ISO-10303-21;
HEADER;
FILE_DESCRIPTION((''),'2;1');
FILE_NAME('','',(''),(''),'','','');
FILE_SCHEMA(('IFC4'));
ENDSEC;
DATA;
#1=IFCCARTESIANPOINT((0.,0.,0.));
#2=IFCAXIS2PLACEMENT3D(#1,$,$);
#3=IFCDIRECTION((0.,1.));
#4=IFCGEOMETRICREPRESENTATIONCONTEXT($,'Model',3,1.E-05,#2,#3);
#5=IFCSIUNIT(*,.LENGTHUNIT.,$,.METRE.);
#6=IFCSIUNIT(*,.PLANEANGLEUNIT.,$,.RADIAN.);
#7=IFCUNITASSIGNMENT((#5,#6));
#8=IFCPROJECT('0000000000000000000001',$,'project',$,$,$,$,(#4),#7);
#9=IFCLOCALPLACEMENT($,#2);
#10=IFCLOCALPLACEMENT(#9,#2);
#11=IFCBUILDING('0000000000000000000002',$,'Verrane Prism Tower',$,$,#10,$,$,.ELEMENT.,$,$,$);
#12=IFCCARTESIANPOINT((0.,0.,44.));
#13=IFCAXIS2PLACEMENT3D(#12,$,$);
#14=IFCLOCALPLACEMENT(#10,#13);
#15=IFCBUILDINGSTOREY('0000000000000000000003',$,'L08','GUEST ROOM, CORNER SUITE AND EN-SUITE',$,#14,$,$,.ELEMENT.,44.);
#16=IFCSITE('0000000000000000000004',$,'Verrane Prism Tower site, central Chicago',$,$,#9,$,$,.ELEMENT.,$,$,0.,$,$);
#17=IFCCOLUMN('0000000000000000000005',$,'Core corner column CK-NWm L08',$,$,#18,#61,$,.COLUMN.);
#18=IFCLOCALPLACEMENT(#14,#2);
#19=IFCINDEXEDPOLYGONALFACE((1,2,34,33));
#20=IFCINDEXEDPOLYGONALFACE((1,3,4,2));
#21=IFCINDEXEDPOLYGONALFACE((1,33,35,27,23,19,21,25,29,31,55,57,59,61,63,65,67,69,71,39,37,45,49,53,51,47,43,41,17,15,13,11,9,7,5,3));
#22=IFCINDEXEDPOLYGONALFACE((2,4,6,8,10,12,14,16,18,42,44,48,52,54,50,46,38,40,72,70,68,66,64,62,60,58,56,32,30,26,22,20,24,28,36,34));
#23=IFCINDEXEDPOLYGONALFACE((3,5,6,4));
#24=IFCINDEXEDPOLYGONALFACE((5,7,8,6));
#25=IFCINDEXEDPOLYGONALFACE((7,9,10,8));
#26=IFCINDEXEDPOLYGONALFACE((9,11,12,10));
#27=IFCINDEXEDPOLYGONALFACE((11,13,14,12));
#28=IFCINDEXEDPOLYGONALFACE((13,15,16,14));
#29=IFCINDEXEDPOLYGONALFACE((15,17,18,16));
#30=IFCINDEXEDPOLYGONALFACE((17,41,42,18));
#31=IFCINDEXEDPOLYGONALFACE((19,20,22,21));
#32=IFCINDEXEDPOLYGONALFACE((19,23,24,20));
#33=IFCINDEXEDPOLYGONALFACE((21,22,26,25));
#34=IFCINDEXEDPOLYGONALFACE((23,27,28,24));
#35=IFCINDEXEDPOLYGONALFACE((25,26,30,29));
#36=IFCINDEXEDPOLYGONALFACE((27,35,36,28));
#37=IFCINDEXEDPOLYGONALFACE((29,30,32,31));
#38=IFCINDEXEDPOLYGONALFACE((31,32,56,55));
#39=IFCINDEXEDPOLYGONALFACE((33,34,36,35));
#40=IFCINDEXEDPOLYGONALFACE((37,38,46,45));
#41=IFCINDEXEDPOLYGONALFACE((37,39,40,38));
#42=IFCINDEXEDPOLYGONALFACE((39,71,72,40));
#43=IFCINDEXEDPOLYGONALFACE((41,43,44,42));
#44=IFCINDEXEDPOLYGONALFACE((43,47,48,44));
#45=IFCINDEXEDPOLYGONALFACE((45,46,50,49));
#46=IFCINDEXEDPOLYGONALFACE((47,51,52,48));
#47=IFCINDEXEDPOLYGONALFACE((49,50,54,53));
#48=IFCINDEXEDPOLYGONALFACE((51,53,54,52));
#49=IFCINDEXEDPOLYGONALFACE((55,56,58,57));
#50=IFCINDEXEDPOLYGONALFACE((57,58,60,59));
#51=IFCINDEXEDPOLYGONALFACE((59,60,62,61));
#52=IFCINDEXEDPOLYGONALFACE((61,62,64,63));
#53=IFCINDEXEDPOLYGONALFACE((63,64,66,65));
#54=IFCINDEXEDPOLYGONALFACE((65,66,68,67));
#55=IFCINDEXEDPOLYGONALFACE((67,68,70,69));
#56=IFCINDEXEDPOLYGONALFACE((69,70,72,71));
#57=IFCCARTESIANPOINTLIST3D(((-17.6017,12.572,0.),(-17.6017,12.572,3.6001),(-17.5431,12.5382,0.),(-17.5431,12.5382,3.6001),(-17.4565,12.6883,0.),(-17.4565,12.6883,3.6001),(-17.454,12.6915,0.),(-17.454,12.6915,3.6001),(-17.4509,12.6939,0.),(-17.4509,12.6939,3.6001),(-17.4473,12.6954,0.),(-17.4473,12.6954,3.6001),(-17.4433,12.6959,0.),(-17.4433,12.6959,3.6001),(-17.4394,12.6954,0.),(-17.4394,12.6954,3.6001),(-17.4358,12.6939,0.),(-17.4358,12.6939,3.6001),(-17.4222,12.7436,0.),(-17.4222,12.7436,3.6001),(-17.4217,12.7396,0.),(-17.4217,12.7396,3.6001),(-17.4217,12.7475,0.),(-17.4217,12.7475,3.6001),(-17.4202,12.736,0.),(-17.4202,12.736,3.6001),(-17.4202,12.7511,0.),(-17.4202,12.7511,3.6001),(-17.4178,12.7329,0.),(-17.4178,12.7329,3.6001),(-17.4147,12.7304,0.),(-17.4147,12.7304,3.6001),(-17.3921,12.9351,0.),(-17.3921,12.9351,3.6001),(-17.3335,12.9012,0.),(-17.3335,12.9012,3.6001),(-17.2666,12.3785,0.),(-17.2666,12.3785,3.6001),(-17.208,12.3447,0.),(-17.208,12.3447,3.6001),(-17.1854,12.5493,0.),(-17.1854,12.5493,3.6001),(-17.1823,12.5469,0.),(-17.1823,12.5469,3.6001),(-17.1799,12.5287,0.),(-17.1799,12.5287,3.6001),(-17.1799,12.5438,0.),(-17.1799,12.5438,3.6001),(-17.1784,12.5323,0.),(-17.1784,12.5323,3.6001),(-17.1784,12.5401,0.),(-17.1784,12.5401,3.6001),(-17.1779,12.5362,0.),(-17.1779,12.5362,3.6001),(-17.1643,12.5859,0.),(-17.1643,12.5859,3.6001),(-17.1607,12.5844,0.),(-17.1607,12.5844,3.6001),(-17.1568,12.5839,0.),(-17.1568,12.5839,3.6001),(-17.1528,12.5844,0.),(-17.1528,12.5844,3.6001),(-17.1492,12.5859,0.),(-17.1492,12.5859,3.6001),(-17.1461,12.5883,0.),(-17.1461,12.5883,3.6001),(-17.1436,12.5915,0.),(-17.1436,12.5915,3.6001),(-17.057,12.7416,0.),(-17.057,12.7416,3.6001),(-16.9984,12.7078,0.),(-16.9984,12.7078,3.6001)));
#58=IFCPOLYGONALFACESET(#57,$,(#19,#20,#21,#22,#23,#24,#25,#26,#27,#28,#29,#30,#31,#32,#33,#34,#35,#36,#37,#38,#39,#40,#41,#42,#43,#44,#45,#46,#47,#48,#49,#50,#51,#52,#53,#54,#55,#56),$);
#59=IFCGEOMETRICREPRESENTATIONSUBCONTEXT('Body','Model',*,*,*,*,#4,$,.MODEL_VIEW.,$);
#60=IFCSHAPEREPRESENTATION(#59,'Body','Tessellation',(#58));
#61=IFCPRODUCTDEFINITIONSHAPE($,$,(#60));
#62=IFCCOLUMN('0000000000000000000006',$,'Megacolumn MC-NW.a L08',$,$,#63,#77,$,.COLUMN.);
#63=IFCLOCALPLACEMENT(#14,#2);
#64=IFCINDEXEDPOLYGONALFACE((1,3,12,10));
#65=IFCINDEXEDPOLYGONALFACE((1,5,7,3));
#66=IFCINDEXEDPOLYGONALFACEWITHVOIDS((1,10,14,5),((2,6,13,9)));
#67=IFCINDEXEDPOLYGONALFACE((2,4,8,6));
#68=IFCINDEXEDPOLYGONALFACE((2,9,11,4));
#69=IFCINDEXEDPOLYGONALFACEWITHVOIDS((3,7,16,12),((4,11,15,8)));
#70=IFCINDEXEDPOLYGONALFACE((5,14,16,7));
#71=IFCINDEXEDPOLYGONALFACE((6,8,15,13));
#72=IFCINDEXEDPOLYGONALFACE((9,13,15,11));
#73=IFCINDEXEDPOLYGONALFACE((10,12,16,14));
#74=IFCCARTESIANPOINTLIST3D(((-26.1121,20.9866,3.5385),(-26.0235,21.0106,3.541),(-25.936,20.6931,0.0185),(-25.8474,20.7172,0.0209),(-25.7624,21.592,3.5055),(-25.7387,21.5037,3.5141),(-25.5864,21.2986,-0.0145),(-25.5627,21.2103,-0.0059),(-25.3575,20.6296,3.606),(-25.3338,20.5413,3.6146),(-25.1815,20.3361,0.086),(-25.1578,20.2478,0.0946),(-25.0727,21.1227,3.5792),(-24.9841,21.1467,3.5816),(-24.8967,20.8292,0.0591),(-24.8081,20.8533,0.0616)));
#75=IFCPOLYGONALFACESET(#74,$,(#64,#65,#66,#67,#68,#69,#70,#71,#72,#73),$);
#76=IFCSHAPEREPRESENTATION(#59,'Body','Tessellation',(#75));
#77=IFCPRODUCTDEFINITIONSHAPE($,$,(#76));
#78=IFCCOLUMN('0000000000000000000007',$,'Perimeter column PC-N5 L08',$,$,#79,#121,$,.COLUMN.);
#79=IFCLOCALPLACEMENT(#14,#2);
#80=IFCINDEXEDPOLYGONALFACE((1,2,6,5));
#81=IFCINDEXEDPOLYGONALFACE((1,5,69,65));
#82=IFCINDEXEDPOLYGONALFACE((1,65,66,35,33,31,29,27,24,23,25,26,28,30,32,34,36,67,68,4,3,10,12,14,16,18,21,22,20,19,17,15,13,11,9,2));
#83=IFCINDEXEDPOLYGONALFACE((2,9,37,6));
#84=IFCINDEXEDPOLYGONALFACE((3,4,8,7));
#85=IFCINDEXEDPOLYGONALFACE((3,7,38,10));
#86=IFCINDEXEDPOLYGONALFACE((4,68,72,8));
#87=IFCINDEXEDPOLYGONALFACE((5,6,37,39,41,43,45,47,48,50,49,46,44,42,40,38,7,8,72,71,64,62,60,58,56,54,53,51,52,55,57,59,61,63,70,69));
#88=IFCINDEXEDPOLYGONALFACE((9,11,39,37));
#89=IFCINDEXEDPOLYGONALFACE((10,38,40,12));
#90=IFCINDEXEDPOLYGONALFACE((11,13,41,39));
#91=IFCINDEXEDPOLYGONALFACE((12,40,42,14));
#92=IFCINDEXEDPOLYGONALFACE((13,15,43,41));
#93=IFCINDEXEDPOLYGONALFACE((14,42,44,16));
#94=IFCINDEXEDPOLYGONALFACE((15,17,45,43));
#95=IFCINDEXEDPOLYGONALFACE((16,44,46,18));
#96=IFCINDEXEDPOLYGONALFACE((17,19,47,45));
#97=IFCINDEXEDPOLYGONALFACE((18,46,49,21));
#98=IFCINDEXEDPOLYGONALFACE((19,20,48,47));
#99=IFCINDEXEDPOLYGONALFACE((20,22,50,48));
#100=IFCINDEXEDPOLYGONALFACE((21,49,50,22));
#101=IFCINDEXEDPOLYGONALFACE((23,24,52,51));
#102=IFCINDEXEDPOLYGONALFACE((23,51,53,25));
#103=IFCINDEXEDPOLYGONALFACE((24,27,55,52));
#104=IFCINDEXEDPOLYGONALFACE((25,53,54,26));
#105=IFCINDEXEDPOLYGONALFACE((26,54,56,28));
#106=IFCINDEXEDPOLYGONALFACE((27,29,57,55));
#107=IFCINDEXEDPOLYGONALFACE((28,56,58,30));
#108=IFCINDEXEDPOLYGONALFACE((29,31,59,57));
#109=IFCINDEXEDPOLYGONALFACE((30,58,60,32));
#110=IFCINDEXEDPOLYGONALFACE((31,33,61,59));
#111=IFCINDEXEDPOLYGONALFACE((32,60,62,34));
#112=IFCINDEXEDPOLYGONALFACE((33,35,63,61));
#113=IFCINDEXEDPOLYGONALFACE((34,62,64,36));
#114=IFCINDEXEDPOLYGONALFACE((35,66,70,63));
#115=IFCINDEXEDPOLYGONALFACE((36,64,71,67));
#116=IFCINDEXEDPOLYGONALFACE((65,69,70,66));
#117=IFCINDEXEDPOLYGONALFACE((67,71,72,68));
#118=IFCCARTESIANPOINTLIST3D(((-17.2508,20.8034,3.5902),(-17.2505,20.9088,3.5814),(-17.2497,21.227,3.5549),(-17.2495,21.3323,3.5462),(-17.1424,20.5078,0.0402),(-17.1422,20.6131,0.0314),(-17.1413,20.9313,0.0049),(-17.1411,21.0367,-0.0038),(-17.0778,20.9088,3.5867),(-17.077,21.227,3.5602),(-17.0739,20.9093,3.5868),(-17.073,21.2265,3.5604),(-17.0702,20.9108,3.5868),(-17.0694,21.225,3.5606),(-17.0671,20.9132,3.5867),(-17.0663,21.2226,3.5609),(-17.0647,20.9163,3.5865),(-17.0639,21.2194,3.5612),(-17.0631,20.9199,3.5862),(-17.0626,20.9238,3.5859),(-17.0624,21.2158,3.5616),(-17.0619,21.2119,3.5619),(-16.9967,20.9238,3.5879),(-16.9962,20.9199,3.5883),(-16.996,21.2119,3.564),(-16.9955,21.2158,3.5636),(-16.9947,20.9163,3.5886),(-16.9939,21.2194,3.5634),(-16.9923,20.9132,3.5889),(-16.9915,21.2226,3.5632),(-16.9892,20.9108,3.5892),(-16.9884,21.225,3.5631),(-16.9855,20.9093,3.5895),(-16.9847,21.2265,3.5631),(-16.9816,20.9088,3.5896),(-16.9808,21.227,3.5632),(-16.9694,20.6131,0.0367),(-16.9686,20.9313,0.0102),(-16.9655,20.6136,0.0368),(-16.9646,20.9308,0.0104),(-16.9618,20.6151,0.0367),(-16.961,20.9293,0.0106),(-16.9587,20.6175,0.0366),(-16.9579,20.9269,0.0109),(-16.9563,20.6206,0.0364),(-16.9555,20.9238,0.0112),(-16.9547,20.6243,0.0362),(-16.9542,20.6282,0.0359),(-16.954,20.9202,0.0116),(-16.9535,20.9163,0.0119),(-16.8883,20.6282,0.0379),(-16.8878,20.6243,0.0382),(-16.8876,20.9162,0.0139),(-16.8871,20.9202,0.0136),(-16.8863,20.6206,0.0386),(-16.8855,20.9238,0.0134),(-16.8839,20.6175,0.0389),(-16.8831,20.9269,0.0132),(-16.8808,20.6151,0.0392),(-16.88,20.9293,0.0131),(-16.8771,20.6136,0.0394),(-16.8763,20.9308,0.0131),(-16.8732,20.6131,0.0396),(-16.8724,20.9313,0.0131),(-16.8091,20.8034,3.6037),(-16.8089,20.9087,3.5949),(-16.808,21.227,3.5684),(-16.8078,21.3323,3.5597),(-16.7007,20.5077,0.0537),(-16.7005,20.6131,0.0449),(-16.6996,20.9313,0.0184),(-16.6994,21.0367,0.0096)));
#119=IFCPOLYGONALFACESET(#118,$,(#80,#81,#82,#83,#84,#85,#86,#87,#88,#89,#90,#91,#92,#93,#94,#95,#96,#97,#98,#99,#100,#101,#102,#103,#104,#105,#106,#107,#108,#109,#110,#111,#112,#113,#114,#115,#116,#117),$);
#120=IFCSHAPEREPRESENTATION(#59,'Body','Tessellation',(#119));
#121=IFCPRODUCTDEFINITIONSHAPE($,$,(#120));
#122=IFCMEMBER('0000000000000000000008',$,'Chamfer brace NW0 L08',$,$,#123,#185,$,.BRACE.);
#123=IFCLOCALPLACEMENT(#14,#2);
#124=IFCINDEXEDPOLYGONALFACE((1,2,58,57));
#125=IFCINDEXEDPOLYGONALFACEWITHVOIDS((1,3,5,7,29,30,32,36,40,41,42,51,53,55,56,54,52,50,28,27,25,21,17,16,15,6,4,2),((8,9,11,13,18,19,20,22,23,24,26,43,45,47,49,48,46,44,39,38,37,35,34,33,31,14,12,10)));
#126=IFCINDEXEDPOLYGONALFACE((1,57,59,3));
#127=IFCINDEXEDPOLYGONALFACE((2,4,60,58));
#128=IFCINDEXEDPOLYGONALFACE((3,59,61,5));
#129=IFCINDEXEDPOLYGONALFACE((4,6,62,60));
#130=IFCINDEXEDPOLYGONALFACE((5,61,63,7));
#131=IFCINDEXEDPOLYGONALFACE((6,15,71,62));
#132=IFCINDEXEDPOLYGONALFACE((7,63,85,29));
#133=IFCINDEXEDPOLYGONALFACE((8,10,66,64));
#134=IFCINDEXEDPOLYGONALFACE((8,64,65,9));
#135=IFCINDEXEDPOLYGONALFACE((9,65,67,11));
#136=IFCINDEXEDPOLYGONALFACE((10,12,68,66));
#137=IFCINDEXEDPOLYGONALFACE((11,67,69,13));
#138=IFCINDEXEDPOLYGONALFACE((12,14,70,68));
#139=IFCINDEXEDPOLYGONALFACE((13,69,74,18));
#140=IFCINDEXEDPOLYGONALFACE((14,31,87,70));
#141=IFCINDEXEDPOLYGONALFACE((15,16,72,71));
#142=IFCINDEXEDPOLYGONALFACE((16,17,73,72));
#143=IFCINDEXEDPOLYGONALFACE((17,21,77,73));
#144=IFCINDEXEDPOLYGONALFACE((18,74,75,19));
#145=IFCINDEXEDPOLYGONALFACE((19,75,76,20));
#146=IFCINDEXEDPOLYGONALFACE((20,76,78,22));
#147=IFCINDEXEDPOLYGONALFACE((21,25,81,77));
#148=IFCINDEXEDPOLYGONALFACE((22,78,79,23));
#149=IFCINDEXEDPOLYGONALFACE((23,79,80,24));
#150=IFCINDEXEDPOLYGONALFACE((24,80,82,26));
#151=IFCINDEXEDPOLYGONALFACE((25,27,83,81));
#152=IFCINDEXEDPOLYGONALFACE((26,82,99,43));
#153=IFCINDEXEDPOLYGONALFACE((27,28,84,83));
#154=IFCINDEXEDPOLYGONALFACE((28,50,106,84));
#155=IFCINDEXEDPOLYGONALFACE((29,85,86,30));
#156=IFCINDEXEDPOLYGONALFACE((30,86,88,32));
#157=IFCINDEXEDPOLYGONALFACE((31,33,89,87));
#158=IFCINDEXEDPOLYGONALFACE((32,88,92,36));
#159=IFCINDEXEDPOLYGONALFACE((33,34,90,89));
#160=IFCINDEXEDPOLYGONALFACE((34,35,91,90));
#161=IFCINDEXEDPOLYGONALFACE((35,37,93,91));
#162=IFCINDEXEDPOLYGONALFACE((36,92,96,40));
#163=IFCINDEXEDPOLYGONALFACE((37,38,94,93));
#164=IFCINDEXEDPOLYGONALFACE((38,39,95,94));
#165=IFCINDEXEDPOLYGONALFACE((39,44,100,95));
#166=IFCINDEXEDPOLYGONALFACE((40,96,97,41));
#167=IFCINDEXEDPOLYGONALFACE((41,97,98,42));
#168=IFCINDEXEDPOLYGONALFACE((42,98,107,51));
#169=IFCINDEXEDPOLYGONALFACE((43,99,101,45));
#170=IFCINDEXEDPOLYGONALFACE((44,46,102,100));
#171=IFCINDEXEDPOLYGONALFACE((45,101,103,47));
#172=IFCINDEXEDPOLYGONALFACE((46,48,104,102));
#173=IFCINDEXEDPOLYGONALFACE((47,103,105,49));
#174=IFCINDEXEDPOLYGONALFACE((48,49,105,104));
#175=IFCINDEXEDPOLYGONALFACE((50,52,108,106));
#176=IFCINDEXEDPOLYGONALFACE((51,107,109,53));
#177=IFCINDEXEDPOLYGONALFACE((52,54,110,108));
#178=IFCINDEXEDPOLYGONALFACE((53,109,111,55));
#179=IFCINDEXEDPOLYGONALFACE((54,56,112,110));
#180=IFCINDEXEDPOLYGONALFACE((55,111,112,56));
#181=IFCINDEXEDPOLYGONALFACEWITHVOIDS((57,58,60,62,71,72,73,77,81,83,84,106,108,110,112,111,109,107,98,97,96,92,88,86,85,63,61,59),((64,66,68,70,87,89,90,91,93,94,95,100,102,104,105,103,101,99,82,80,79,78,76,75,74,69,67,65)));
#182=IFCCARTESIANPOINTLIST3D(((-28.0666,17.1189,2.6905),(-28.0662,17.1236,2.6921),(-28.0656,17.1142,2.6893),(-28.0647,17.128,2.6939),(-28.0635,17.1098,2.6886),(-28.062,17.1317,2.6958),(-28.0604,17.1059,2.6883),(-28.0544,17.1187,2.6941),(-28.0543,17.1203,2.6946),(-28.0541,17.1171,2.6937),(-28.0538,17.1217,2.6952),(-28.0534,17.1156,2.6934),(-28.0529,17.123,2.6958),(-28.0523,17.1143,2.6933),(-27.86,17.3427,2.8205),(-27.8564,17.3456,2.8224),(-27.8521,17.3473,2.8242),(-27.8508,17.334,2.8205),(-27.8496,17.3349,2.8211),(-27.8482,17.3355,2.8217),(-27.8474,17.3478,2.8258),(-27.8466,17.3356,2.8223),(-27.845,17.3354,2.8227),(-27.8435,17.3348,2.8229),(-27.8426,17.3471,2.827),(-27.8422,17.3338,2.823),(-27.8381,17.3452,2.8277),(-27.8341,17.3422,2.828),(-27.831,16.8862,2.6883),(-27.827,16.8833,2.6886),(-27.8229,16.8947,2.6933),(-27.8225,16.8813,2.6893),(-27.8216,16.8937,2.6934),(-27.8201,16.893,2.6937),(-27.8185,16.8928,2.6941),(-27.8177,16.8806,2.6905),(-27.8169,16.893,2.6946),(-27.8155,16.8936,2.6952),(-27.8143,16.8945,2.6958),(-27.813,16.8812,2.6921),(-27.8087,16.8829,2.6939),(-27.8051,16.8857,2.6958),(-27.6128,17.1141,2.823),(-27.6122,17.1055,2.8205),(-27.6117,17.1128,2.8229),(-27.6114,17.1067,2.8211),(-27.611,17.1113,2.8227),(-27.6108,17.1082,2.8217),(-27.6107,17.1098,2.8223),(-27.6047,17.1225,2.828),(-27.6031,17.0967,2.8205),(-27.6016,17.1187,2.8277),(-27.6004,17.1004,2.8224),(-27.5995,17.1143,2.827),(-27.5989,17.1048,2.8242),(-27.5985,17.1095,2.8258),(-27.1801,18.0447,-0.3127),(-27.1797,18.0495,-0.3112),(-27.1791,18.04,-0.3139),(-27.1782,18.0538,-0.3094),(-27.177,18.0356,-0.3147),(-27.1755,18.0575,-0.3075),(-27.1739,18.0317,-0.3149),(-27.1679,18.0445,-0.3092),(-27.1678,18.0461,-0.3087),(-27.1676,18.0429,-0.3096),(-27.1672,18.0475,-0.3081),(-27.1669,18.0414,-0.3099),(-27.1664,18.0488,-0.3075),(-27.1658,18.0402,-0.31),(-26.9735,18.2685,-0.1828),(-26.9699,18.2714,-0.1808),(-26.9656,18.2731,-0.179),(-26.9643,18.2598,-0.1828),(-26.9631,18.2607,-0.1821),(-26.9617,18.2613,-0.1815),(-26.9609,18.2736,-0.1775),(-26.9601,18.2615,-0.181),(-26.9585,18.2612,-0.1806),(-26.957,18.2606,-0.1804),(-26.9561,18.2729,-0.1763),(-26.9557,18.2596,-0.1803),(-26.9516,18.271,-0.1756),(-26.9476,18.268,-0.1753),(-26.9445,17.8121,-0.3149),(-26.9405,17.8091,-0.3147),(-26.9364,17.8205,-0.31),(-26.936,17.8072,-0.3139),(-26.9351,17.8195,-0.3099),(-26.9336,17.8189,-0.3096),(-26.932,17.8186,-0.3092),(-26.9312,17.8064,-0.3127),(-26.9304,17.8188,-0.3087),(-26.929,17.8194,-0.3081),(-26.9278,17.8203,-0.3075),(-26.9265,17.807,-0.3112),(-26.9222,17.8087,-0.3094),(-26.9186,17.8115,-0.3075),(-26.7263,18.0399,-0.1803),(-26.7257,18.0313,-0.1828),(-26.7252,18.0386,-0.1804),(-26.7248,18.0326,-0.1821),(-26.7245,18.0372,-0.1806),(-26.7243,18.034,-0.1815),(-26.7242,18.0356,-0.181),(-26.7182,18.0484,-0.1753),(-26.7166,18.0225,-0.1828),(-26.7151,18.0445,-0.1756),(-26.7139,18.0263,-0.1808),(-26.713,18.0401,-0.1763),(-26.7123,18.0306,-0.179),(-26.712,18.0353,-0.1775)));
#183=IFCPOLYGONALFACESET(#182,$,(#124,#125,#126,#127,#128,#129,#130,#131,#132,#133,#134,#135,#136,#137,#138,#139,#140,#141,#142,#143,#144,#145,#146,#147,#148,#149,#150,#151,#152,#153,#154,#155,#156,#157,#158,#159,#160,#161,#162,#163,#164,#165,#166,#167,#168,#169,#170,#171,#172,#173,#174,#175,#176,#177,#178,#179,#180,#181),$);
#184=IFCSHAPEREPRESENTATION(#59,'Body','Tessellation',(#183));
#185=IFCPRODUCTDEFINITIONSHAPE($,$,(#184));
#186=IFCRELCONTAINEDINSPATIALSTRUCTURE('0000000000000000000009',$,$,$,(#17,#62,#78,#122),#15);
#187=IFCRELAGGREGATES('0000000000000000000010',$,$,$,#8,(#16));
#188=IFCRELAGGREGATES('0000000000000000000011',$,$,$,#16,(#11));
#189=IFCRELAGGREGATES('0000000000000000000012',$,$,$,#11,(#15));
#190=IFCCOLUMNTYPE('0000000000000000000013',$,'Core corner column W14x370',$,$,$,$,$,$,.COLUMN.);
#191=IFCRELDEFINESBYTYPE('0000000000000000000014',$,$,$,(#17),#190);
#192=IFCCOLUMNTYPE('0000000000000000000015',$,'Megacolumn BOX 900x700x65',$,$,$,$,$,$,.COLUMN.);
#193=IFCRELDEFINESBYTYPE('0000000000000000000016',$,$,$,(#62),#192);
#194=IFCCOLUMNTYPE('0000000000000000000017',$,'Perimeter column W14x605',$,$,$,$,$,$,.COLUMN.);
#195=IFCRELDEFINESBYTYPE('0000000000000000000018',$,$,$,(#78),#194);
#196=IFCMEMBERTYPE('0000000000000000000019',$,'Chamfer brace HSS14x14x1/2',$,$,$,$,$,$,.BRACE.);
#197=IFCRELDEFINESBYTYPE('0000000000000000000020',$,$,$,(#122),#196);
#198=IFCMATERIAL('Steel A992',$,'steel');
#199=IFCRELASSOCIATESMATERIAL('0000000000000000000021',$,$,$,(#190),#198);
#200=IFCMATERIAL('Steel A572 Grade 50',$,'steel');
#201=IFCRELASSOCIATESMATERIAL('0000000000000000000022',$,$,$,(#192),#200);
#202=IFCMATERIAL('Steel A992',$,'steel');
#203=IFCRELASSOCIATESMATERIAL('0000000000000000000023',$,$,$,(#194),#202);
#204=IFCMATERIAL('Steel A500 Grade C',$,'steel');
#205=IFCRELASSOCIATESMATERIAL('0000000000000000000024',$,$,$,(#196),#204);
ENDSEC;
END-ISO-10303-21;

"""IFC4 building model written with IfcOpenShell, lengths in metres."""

from ifc_helpers import new_model, si_unit, direction, frame, origin, origin_2d, place, context, subcontext, project, spatial, hollow_rectangle, i_section, extrude, material, material_profile, profile_set, type_object, element, save


model = new_model("IFC4")

# Units and contexts
model_context = context("Model", 3, precision=1e-05, world=origin(), true_north=direction((0.0, 1.0)))
body_context = subcontext(model_context, "Body", "Model", "MODEL_VIEW")
ifc_project = project(units=[si_unit("LENGTHUNIT", "METRE"), si_unit("PLANEANGLEUNIT", "RADIAN")], contexts=[model_context])

# Site, building, storey
site_placement = place(None, origin())
site = spatial("IfcSite", under=ifc_project, at=site_placement, Name="Verrane Prism Tower site, central Chicago", CompositionType="ELEMENT", RefElevation=0.0)
building_placement = place(site_placement, origin())
building = spatial("IfcBuilding", under=site, at=building_placement, Name="Verrane Prism Tower", CompositionType="ELEMENT")
storey_placement = place(building_placement, frame((0.0, 0.0, 44.0)))
storey = spatial("IfcBuildingStorey", under=building, at=storey_placement, Name="L08", Description="GUEST ROOM, CORNER SUITE AND EN-SUITE", CompositionType="ELEMENT", Elevation=44.0)

# Columns
ifc_material_1 = material(Name="Steel A992", Category="steel")
ifc_material_profile_1 = material_profile(ifc_material_1, i_section(OverallWidth=0.4192, OverallDepth=0.4546, WebThickness=0.0422, FlangeThickness=0.0676, FilletRadius=0.0151, at=origin_2d()), Name="W14x370")
ifc_profile_set_1 = profile_set([ifc_material_profile_1], Name="Steel A992")
column_type_1 = type_object("IfcColumnType", Name="Core corner column W14x370", PredefinedType="COLUMN", material=ifc_profile_set_1)
column_1_placement = place(storey_placement, frame((-17.3, 12.6399, 0.0), z_axis=(0.0, 0.0, 1.0), x_axis=(0.5, 0.866025, 0.0)))
element("IfcColumn", 1, at=column_1_placement, inside=storey, type_object=column_type_1, Name="Core corner column CK-NWm L08", PredefinedType="COLUMN", context=body_context, shape_type="SweptSolid", body=[
    extrude(i_section(OverallWidth=0.4192, OverallDepth=0.4546, WebThickness=0.0422, FlangeThickness=0.0676, FilletRadius=0.0151, at=origin_2d()), origin(), (0.0, 0.0, 1.0), 3.6001),
])
ifc_material_2 = material(Name="Steel A572 Grade 50", Category="steel")
ifc_material_profile_2 = material_profile(ifc_material_2, hollow_rectangle(XDim=0.7, YDim=0.8999, WallThickness=0.0649, at=origin_2d()), Name="BOX 900x700x65")
ifc_profile_set_2 = profile_set([ifc_material_profile_2], Name="Steel A572 Grade 50")
column_type_2 = type_object("IfcColumnType", Name="Megacolumn BOX 900x700x65", PredefinedType="COLUMN", material=ifc_profile_set_2)
column_2_placement = place(storey_placement, frame((-25.3721, 20.7732, 0.04), z_axis=(-0.049772, 0.082977, 0.995308), x_axis=(0.499551, 0.865001, -0.047132)))
element("IfcColumn", 2, at=column_2_placement, inside=storey, type_object=column_type_2, Name="Megacolumn MC-NW.a L08", PredefinedType="COLUMN", context=body_context, shape_type="SweptSolid", body=[
    extrude(hollow_rectangle(XDim=0.7, YDim=0.8999, WallThickness=0.0649, at=origin_2d()), origin(), (0.0, 0.0, 1.0), 3.5366),
])
ifc_material_3 = material(Name="Steel A992", Category="steel")
ifc_material_profile_3 = material_profile(ifc_material_3, i_section(OverallWidth=0.4419, OverallDepth=0.5308, WebThickness=0.0659, FlangeThickness=0.1057, FilletRadius=0.0151, at=origin_2d()), Name="W14x605")
ifc_profile_set_3 = profile_set([ifc_material_profile_3], Name="Steel A992")
column_type_3 = type_object("IfcColumnType", Name="Perimeter column W14x605", PredefinedType="COLUMN", material=ifc_profile_set_3)
column_3_placement = place(storey_placement, frame((-16.9209, 20.7722, 0.0249), z_axis=(-0.030415, 0.082956, 0.996089), x_axis=(0.999534, -0.000026, 0.030522)))
element("IfcColumn", 3, at=column_3_placement, inside=storey, type_object=column_type_3, Name="Perimeter column PC-N5 L08", PredefinedType="COLUMN", context=body_context, shape_type="SweptSolid", body=[
    extrude(i_section(OverallWidth=0.4419, OverallDepth=0.5308, WebThickness=0.0659, FlangeThickness=0.1057, FilletRadius=0.0151, at=origin_2d()), origin(), (0.0, 0.0, 1.0), 3.564),
])

# Member
ifc_material_4 = material(Name="Steel A500 Grade C", Category="steel")
ifc_material_profile_4 = material_profile(ifc_material_4, hollow_rectangle(XDim=0.3557, YDim=0.3557, WallThickness=0.0127, InnerFilletRadius=0.0063, OuterFilletRadius=0.019, at=origin_2d()), Name="HSS14x14x1/2")
ifc_profile_set_4 = profile_set([ifc_material_profile_4], Name="Steel A500 Grade C")
member_type_1 = type_object("IfcMemberType", Name="Chamfer brace HSS14x14x1/2", PredefinedType="BRACE", material=ifc_profile_set_4)
member_1_placement = place(storey_placement, frame((-26.946, 18.04, -0.2451), z_axis=(-0.271486, -0.283524, 0.919733), x_axis=(0.722274, -0.691607, 0.0)))
element("IfcMember", 4, at=member_1_placement, inside=storey, type_object=member_type_1, Name="Chamfer brace NW0 L08", PredefinedType="BRACE", context=body_context, shape_type="SweptSolid", body=[
    extrude(hollow_rectangle(XDim=0.3557, YDim=0.3557, WallThickness=0.0127, InnerFilletRadius=0.0063, OuterFilletRadius=0.019, at=origin_2d()), origin(), (0.0, 0.0, 1.0), 3.2654),
])

save(model, "model.ifc")
